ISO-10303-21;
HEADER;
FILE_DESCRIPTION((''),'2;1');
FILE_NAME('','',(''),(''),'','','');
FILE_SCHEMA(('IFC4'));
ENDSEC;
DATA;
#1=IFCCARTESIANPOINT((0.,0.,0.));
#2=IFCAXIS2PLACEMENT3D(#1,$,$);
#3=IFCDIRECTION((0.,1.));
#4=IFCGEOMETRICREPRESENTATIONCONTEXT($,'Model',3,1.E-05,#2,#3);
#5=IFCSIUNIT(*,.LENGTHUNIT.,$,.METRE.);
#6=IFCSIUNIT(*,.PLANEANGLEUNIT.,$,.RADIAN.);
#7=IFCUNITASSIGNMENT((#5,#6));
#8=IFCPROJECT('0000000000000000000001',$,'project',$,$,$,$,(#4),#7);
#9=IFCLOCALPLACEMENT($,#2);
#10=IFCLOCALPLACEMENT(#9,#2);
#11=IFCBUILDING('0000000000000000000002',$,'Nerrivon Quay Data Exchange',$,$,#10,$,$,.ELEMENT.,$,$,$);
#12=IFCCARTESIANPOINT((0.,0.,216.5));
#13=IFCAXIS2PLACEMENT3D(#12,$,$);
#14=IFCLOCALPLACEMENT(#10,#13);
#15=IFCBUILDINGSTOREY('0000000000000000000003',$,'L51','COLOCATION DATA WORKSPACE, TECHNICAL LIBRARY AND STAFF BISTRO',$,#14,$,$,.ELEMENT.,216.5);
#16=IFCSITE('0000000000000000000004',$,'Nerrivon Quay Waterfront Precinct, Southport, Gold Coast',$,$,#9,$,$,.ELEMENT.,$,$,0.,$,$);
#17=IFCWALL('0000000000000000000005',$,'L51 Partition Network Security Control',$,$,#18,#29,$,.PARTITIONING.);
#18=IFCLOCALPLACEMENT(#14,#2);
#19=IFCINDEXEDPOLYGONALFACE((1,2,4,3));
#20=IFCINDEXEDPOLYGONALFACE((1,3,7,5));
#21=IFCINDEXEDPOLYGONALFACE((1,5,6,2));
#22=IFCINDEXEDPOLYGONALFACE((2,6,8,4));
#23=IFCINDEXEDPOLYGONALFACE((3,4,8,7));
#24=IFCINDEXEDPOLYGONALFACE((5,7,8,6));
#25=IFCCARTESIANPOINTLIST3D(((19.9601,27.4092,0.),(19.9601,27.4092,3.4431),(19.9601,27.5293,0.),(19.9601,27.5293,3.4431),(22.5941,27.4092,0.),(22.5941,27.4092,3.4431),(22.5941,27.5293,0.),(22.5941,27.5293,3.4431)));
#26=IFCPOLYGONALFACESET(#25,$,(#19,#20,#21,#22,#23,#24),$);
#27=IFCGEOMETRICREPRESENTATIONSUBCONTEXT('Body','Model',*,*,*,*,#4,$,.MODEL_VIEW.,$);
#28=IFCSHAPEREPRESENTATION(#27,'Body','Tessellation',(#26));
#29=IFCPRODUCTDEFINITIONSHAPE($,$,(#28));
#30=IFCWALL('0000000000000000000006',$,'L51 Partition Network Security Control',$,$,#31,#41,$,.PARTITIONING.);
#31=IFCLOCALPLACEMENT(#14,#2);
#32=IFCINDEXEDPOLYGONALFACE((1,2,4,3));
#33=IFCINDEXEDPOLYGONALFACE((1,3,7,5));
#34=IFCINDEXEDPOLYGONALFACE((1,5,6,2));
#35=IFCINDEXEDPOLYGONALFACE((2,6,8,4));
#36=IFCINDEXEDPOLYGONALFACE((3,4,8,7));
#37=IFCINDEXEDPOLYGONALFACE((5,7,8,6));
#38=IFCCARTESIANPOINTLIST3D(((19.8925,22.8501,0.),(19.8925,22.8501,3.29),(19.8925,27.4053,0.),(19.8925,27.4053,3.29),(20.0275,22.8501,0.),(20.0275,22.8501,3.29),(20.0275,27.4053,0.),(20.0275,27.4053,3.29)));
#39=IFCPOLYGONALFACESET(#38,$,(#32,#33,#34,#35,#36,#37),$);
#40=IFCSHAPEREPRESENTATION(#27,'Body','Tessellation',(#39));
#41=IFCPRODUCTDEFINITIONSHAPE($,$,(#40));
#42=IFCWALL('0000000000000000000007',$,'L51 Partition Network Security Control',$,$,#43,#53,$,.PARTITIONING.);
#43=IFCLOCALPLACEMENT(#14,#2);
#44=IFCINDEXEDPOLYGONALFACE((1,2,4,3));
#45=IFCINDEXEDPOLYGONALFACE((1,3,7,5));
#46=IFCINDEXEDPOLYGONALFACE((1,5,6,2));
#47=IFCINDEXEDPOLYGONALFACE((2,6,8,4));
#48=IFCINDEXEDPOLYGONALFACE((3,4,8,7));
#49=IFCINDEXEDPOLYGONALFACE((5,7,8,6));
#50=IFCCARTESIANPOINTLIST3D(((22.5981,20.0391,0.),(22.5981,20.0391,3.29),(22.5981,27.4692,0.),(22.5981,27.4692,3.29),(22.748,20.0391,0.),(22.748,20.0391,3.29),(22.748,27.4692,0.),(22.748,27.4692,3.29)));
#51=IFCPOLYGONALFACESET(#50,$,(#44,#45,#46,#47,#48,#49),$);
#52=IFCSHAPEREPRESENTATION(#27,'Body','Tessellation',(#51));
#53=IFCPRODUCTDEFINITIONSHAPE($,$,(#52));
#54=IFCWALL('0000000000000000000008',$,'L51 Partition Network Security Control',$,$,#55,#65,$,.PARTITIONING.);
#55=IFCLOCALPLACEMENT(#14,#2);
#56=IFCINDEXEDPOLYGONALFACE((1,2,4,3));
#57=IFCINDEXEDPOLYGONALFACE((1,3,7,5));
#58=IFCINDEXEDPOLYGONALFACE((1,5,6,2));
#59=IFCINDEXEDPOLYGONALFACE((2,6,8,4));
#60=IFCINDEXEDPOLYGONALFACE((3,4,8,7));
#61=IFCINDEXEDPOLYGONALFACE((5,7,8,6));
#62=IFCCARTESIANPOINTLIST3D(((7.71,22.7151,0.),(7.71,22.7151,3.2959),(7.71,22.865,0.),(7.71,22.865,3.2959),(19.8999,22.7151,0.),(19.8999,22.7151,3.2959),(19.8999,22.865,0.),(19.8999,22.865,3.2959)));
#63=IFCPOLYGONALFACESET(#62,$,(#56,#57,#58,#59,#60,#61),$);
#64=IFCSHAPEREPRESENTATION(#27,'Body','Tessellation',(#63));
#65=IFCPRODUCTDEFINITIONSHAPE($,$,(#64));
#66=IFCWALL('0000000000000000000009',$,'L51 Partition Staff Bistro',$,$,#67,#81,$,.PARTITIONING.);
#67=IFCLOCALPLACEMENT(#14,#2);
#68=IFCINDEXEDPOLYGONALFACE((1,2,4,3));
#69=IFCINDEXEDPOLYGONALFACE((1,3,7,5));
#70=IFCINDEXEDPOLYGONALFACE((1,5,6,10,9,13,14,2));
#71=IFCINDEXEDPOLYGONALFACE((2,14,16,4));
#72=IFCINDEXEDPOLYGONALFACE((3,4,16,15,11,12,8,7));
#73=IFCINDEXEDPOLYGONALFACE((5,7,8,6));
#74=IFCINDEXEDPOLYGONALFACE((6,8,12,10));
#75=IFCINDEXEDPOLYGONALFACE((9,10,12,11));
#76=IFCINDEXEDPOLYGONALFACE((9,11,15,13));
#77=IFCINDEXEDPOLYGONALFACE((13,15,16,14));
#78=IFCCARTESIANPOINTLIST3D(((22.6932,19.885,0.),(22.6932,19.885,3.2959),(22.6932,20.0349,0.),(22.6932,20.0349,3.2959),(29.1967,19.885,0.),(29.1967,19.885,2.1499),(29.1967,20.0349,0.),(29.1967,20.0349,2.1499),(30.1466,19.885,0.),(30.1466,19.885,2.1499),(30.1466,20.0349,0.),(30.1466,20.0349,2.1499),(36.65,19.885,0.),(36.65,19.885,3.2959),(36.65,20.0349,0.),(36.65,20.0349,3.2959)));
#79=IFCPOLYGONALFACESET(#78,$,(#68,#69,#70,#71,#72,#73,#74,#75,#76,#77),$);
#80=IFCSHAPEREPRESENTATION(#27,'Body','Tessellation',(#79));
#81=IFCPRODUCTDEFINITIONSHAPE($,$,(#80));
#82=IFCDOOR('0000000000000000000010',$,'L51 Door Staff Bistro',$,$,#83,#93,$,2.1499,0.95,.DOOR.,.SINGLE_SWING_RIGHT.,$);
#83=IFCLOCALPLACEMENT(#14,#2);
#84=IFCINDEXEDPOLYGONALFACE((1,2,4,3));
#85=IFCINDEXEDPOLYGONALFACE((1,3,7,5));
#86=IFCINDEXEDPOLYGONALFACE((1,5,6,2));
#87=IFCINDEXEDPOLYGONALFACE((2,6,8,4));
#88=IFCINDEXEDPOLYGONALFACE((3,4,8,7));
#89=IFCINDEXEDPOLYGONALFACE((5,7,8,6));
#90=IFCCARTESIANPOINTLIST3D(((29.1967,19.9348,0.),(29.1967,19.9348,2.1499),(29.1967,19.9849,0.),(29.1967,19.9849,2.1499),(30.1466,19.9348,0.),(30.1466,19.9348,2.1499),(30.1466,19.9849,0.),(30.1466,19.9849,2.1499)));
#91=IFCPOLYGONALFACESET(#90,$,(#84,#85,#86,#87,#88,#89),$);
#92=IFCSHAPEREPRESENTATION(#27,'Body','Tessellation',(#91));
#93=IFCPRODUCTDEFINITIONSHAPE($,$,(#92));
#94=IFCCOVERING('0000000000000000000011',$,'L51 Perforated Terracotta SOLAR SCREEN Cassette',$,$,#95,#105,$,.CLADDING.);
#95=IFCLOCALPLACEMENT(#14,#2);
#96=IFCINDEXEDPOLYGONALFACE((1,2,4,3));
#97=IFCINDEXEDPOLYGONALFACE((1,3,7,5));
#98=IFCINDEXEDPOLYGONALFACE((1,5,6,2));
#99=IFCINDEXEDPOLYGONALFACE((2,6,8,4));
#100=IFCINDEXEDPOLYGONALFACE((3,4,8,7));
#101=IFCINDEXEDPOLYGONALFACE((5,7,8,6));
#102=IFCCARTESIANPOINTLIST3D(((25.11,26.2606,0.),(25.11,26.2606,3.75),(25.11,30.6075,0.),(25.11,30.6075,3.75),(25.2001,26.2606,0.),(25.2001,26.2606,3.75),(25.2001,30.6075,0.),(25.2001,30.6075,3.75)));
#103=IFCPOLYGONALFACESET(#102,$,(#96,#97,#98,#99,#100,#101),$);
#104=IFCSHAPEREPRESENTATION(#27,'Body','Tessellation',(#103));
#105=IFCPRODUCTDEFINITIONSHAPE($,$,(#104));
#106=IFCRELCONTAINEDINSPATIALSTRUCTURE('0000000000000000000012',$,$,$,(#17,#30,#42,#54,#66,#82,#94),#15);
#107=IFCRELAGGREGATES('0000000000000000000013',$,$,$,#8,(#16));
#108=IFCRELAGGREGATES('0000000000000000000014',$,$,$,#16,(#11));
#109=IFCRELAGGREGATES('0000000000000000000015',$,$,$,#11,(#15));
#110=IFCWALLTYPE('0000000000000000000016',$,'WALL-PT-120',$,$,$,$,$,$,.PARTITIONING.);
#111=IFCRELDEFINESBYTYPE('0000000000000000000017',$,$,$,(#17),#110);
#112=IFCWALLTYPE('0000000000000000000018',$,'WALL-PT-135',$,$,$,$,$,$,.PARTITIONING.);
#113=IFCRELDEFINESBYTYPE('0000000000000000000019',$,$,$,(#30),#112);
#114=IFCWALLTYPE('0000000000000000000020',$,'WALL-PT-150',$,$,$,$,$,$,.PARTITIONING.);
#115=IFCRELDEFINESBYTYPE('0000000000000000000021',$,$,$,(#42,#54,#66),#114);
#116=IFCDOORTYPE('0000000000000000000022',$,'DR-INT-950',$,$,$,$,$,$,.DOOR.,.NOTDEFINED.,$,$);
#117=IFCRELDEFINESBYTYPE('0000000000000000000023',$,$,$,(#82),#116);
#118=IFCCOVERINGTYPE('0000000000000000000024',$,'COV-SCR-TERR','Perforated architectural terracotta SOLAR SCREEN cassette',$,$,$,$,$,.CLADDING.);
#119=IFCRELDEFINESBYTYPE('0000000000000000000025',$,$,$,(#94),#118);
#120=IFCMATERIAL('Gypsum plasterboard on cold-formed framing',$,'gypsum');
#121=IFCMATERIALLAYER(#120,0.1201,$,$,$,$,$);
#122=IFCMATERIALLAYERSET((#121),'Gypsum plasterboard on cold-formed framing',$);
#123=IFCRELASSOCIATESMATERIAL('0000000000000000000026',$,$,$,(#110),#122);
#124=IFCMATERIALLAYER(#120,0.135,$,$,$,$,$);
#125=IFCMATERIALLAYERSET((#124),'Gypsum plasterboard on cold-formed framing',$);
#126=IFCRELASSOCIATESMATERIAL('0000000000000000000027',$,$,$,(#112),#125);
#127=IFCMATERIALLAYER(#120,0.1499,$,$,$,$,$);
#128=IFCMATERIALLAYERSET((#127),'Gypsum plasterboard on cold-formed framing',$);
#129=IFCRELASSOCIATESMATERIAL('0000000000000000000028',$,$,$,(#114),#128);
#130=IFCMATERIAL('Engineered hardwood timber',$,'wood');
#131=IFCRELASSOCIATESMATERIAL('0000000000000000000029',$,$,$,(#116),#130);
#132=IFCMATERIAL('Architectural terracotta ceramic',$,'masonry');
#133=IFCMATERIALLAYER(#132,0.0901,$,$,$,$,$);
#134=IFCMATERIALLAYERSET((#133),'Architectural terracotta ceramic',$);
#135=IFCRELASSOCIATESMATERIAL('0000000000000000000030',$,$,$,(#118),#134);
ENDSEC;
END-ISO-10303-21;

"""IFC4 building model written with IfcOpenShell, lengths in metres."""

from ifc_helpers import new_model, si_unit, direction, frame, frame_2d, origin, origin_2d, place, context, subcontext, project, spatial, rectangle, extrude, material, layer, layer_set, type_object, element, fill, save


model = new_model("IFC4")

# Units and contexts
model_context = context("Model", 3, precision=1e-05, world=origin(), true_north=direction((0.0, 1.0)))
body_context = subcontext(model_context, "Body", "Model", "MODEL_VIEW")
ifc_project = project(units=[si_unit("LENGTHUNIT", "METRE"), si_unit("PLANEANGLEUNIT", "RADIAN")], contexts=[model_context])

# Site, building, storey
site_placement = place(None, origin())
site = spatial("IfcSite", under=ifc_project, at=site_placement, Name="Nerrivon Quay Waterfront Precinct, Southport, Gold Coast", CompositionType="ELEMENT", RefElevation=0.0)
building_placement = place(site_placement, origin())
building = spatial("IfcBuilding", under=site, at=building_placement, Name="Nerrivon Quay Data Exchange", CompositionType="ELEMENT")
storey_placement = place(building_placement, frame((0.0, 0.0, 216.5)))
storey = spatial("IfcBuildingStorey", under=building, at=storey_placement, Name="L51", Description="COLOCATION DATA WORKSPACE, TECHNICAL LIBRARY AND STAFF BISTRO", CompositionType="ELEMENT", Elevation=216.5)

# Walls
ifc_material_1 = material(Name="Gypsum plasterboard on cold-formed framing", Category="gypsum")
ifc_layer_1 = layer(ifc_material_1, 0.1201)
ifc_layer_set_1 = layer_set([ifc_layer_1], Name="Gypsum plasterboard on cold-formed framing")
wall_type_1 = type_object("IfcWallType", Name="WALL-PT-120", PredefinedType="PARTITIONING", material=ifc_layer_set_1)
wall_1_placement = place(storey_placement, frame((22.594, 27.4692, 0.0), z_axis=(0.0, 0.0, 1.0), x_axis=(-1.0, 0.0, 0.0)))
element("IfcWall", 1, at=wall_1_placement, inside=storey, type_object=wall_type_1, Name="L51 Partition Network Security Control", PredefinedType="PARTITIONING", context=body_context, shape_type="SweptSolid", body=[
    extrude(rectangle(XDim=2.634, YDim=0.1201, at=frame_2d((1.3169, 0.0))), origin(), (0.0, 0.0, 1.0), 3.4431),
])
ifc_layer_2 = layer(ifc_material_1, 0.135)
ifc_layer_set_2 = layer_set([ifc_layer_2], Name="Gypsum plasterboard on cold-formed framing")
wall_type_2 = type_object("IfcWallType", Name="WALL-PT-135", PredefinedType="PARTITIONING", material=ifc_layer_set_2)
wall_2_placement = place(storey_placement, frame((19.96, 27.4053, 0.0), z_axis=(0.0, 0.0, 1.0), x_axis=(0.0, -1.0, 0.0)))
element("IfcWall", 2, at=wall_2_placement, inside=storey, type_object=wall_type_2, Name="L51 Partition Network Security Control", PredefinedType="PARTITIONING", context=body_context, shape_type="SweptSolid", body=[
    extrude(rectangle(XDim=4.5552, YDim=0.135, at=frame_2d((2.2776, 0.0))), origin(), (0.0, 0.0, 1.0), 3.29),
])
ifc_layer_3 = layer(ifc_material_1, 0.1499)
ifc_layer_set_3 = layer_set([ifc_layer_3], Name="Gypsum plasterboard on cold-formed framing")
wall_type_3 = type_object("IfcWallType", Name="WALL-PT-150", PredefinedType="PARTITIONING", material=ifc_layer_set_3)
wall_3_placement = place(storey_placement, frame((22.6731, 20.0391, 0.0), z_axis=(0.0, 0.0, 1.0), x_axis=(0.0, 1.0, 0.0)))
element("IfcWall", 3, at=wall_3_placement, inside=storey, type_object=wall_type_3, Name="L51 Partition Network Security Control", PredefinedType="PARTITIONING", context=body_context, shape_type="SweptSolid", body=[
    extrude(rectangle(XDim=7.4302, YDim=0.1499, at=frame_2d((3.7151, 0.0))), origin(), (0.0, 0.0, 1.0), 3.29),
])
wall_4_placement = place(storey_placement, frame((19.8999, 22.79, 0.0), z_axis=(0.0, 0.0, 1.0), x_axis=(-1.0, 0.0, 0.0)))
element("IfcWall", 4, at=wall_4_placement, inside=storey, type_object=wall_type_3, Name="L51 Partition Network Security Control", PredefinedType="PARTITIONING", context=body_context, shape_type="SweptSolid", body=[
    extrude(rectangle(XDim=12.1899, YDim=0.1499, at=frame_2d((6.095, 0.0))), origin(), (0.0, 0.0, 1.0), 3.2959),
])

# Wall, opening, door
wall_5_placement = place(storey_placement, frame((22.6931, 19.96, 0.0), z_axis=(0.0, 0.0, 1.0), x_axis=(1.0, 0.0, 0.0)))
wall_5 = element("IfcWall", 5, at=wall_5_placement, inside=storey, type_object=wall_type_3, Name="L51 Partition Staff Bistro", PredefinedType="PARTITIONING", context=body_context, shape_type="SweptSolid", body=[
    extrude(rectangle(XDim=13.9568, YDim=0.1499, at=frame_2d((6.9785, 0.0))), origin(), (0.0, 0.0, 1.0), 3.2959),
])
opening_placement = place(wall_5_placement, frame((6.5034, 0.0, 0.0)))
opening = element("IfcOpeningElement", 6, at=opening_placement, cuts=wall_5, PredefinedType="OPENING", context=body_context, shape_type="SweptSolid", body=[
    extrude(rectangle(XDim=0.95, YDim=2.1499, at=frame_2d((0.4751, 1.075))), frame((0.0, 0.085, 0.0), z_axis=(0.0, -1.0, 0.0), x_axis=(1.0, 0.0, 0.0)), (0.0, 0.0, 1.0), 0.1699),
])
ifc_material_2 = material(Name="Engineered hardwood timber", Category="wood")
door_type = type_object("IfcDoorType", Name="DR-INT-950", OperationType="NOTDEFINED", PredefinedType="DOOR", material=ifc_material_2)
door_placement = place(opening_placement, origin())
door = element("IfcDoor", 7, at=door_placement, inside=storey, type_object=door_type, Name="L51 Door Staff Bistro", OperationType="SINGLE_SWING_RIGHT", OverallHeight=2.1499, OverallWidth=0.95, PredefinedType="DOOR", context=body_context, shape_type="SweptSolid", body=[
    extrude(rectangle(XDim=0.95, YDim=2.1499, at=frame_2d((0.4751, 1.075))), frame((0.0, 0.0249, 0.0), z_axis=(0.0, -1.0, 0.0), x_axis=(1.0, 0.0, 0.0)), (0.0, 0.0, 1.0), 0.05),
])
fill(opening, door)

# Covering
ifc_material_3 = material(Name="Architectural terracotta ceramic", Category="masonry")
ifc_layer_4 = layer(ifc_material_3, 0.0901)
ifc_layer_set_4 = layer_set([ifc_layer_4], Name="Architectural terracotta ceramic")
covering_type = type_object("IfcCoveringType", Name="COV-SCR-TERR", Description="Perforated architectural terracotta SOLAR SCREEN cassette", PredefinedType="CLADDING", material=ifc_layer_set_4)
covering_placement = place(storey_placement, frame((25.155, 28.4341, 0.0), z_axis=(0.0, 0.0, 1.0), x_axis=(0.0, -1.0, 0.0)))
element("IfcCovering", 8, at=covering_placement, inside=storey, type_object=covering_type, Name="L51 Perforated Terracotta SOLAR SCREEN Cassette", PredefinedType="CLADDING", context=body_context, shape_type="SweptSolid", body=[
    extrude(rectangle(XDim=4.3469, YDim=0.0901, at=origin_2d()), origin(), (0.0, 0.0, 1.0), 3.75),
])

save(model, "model.ifc")
